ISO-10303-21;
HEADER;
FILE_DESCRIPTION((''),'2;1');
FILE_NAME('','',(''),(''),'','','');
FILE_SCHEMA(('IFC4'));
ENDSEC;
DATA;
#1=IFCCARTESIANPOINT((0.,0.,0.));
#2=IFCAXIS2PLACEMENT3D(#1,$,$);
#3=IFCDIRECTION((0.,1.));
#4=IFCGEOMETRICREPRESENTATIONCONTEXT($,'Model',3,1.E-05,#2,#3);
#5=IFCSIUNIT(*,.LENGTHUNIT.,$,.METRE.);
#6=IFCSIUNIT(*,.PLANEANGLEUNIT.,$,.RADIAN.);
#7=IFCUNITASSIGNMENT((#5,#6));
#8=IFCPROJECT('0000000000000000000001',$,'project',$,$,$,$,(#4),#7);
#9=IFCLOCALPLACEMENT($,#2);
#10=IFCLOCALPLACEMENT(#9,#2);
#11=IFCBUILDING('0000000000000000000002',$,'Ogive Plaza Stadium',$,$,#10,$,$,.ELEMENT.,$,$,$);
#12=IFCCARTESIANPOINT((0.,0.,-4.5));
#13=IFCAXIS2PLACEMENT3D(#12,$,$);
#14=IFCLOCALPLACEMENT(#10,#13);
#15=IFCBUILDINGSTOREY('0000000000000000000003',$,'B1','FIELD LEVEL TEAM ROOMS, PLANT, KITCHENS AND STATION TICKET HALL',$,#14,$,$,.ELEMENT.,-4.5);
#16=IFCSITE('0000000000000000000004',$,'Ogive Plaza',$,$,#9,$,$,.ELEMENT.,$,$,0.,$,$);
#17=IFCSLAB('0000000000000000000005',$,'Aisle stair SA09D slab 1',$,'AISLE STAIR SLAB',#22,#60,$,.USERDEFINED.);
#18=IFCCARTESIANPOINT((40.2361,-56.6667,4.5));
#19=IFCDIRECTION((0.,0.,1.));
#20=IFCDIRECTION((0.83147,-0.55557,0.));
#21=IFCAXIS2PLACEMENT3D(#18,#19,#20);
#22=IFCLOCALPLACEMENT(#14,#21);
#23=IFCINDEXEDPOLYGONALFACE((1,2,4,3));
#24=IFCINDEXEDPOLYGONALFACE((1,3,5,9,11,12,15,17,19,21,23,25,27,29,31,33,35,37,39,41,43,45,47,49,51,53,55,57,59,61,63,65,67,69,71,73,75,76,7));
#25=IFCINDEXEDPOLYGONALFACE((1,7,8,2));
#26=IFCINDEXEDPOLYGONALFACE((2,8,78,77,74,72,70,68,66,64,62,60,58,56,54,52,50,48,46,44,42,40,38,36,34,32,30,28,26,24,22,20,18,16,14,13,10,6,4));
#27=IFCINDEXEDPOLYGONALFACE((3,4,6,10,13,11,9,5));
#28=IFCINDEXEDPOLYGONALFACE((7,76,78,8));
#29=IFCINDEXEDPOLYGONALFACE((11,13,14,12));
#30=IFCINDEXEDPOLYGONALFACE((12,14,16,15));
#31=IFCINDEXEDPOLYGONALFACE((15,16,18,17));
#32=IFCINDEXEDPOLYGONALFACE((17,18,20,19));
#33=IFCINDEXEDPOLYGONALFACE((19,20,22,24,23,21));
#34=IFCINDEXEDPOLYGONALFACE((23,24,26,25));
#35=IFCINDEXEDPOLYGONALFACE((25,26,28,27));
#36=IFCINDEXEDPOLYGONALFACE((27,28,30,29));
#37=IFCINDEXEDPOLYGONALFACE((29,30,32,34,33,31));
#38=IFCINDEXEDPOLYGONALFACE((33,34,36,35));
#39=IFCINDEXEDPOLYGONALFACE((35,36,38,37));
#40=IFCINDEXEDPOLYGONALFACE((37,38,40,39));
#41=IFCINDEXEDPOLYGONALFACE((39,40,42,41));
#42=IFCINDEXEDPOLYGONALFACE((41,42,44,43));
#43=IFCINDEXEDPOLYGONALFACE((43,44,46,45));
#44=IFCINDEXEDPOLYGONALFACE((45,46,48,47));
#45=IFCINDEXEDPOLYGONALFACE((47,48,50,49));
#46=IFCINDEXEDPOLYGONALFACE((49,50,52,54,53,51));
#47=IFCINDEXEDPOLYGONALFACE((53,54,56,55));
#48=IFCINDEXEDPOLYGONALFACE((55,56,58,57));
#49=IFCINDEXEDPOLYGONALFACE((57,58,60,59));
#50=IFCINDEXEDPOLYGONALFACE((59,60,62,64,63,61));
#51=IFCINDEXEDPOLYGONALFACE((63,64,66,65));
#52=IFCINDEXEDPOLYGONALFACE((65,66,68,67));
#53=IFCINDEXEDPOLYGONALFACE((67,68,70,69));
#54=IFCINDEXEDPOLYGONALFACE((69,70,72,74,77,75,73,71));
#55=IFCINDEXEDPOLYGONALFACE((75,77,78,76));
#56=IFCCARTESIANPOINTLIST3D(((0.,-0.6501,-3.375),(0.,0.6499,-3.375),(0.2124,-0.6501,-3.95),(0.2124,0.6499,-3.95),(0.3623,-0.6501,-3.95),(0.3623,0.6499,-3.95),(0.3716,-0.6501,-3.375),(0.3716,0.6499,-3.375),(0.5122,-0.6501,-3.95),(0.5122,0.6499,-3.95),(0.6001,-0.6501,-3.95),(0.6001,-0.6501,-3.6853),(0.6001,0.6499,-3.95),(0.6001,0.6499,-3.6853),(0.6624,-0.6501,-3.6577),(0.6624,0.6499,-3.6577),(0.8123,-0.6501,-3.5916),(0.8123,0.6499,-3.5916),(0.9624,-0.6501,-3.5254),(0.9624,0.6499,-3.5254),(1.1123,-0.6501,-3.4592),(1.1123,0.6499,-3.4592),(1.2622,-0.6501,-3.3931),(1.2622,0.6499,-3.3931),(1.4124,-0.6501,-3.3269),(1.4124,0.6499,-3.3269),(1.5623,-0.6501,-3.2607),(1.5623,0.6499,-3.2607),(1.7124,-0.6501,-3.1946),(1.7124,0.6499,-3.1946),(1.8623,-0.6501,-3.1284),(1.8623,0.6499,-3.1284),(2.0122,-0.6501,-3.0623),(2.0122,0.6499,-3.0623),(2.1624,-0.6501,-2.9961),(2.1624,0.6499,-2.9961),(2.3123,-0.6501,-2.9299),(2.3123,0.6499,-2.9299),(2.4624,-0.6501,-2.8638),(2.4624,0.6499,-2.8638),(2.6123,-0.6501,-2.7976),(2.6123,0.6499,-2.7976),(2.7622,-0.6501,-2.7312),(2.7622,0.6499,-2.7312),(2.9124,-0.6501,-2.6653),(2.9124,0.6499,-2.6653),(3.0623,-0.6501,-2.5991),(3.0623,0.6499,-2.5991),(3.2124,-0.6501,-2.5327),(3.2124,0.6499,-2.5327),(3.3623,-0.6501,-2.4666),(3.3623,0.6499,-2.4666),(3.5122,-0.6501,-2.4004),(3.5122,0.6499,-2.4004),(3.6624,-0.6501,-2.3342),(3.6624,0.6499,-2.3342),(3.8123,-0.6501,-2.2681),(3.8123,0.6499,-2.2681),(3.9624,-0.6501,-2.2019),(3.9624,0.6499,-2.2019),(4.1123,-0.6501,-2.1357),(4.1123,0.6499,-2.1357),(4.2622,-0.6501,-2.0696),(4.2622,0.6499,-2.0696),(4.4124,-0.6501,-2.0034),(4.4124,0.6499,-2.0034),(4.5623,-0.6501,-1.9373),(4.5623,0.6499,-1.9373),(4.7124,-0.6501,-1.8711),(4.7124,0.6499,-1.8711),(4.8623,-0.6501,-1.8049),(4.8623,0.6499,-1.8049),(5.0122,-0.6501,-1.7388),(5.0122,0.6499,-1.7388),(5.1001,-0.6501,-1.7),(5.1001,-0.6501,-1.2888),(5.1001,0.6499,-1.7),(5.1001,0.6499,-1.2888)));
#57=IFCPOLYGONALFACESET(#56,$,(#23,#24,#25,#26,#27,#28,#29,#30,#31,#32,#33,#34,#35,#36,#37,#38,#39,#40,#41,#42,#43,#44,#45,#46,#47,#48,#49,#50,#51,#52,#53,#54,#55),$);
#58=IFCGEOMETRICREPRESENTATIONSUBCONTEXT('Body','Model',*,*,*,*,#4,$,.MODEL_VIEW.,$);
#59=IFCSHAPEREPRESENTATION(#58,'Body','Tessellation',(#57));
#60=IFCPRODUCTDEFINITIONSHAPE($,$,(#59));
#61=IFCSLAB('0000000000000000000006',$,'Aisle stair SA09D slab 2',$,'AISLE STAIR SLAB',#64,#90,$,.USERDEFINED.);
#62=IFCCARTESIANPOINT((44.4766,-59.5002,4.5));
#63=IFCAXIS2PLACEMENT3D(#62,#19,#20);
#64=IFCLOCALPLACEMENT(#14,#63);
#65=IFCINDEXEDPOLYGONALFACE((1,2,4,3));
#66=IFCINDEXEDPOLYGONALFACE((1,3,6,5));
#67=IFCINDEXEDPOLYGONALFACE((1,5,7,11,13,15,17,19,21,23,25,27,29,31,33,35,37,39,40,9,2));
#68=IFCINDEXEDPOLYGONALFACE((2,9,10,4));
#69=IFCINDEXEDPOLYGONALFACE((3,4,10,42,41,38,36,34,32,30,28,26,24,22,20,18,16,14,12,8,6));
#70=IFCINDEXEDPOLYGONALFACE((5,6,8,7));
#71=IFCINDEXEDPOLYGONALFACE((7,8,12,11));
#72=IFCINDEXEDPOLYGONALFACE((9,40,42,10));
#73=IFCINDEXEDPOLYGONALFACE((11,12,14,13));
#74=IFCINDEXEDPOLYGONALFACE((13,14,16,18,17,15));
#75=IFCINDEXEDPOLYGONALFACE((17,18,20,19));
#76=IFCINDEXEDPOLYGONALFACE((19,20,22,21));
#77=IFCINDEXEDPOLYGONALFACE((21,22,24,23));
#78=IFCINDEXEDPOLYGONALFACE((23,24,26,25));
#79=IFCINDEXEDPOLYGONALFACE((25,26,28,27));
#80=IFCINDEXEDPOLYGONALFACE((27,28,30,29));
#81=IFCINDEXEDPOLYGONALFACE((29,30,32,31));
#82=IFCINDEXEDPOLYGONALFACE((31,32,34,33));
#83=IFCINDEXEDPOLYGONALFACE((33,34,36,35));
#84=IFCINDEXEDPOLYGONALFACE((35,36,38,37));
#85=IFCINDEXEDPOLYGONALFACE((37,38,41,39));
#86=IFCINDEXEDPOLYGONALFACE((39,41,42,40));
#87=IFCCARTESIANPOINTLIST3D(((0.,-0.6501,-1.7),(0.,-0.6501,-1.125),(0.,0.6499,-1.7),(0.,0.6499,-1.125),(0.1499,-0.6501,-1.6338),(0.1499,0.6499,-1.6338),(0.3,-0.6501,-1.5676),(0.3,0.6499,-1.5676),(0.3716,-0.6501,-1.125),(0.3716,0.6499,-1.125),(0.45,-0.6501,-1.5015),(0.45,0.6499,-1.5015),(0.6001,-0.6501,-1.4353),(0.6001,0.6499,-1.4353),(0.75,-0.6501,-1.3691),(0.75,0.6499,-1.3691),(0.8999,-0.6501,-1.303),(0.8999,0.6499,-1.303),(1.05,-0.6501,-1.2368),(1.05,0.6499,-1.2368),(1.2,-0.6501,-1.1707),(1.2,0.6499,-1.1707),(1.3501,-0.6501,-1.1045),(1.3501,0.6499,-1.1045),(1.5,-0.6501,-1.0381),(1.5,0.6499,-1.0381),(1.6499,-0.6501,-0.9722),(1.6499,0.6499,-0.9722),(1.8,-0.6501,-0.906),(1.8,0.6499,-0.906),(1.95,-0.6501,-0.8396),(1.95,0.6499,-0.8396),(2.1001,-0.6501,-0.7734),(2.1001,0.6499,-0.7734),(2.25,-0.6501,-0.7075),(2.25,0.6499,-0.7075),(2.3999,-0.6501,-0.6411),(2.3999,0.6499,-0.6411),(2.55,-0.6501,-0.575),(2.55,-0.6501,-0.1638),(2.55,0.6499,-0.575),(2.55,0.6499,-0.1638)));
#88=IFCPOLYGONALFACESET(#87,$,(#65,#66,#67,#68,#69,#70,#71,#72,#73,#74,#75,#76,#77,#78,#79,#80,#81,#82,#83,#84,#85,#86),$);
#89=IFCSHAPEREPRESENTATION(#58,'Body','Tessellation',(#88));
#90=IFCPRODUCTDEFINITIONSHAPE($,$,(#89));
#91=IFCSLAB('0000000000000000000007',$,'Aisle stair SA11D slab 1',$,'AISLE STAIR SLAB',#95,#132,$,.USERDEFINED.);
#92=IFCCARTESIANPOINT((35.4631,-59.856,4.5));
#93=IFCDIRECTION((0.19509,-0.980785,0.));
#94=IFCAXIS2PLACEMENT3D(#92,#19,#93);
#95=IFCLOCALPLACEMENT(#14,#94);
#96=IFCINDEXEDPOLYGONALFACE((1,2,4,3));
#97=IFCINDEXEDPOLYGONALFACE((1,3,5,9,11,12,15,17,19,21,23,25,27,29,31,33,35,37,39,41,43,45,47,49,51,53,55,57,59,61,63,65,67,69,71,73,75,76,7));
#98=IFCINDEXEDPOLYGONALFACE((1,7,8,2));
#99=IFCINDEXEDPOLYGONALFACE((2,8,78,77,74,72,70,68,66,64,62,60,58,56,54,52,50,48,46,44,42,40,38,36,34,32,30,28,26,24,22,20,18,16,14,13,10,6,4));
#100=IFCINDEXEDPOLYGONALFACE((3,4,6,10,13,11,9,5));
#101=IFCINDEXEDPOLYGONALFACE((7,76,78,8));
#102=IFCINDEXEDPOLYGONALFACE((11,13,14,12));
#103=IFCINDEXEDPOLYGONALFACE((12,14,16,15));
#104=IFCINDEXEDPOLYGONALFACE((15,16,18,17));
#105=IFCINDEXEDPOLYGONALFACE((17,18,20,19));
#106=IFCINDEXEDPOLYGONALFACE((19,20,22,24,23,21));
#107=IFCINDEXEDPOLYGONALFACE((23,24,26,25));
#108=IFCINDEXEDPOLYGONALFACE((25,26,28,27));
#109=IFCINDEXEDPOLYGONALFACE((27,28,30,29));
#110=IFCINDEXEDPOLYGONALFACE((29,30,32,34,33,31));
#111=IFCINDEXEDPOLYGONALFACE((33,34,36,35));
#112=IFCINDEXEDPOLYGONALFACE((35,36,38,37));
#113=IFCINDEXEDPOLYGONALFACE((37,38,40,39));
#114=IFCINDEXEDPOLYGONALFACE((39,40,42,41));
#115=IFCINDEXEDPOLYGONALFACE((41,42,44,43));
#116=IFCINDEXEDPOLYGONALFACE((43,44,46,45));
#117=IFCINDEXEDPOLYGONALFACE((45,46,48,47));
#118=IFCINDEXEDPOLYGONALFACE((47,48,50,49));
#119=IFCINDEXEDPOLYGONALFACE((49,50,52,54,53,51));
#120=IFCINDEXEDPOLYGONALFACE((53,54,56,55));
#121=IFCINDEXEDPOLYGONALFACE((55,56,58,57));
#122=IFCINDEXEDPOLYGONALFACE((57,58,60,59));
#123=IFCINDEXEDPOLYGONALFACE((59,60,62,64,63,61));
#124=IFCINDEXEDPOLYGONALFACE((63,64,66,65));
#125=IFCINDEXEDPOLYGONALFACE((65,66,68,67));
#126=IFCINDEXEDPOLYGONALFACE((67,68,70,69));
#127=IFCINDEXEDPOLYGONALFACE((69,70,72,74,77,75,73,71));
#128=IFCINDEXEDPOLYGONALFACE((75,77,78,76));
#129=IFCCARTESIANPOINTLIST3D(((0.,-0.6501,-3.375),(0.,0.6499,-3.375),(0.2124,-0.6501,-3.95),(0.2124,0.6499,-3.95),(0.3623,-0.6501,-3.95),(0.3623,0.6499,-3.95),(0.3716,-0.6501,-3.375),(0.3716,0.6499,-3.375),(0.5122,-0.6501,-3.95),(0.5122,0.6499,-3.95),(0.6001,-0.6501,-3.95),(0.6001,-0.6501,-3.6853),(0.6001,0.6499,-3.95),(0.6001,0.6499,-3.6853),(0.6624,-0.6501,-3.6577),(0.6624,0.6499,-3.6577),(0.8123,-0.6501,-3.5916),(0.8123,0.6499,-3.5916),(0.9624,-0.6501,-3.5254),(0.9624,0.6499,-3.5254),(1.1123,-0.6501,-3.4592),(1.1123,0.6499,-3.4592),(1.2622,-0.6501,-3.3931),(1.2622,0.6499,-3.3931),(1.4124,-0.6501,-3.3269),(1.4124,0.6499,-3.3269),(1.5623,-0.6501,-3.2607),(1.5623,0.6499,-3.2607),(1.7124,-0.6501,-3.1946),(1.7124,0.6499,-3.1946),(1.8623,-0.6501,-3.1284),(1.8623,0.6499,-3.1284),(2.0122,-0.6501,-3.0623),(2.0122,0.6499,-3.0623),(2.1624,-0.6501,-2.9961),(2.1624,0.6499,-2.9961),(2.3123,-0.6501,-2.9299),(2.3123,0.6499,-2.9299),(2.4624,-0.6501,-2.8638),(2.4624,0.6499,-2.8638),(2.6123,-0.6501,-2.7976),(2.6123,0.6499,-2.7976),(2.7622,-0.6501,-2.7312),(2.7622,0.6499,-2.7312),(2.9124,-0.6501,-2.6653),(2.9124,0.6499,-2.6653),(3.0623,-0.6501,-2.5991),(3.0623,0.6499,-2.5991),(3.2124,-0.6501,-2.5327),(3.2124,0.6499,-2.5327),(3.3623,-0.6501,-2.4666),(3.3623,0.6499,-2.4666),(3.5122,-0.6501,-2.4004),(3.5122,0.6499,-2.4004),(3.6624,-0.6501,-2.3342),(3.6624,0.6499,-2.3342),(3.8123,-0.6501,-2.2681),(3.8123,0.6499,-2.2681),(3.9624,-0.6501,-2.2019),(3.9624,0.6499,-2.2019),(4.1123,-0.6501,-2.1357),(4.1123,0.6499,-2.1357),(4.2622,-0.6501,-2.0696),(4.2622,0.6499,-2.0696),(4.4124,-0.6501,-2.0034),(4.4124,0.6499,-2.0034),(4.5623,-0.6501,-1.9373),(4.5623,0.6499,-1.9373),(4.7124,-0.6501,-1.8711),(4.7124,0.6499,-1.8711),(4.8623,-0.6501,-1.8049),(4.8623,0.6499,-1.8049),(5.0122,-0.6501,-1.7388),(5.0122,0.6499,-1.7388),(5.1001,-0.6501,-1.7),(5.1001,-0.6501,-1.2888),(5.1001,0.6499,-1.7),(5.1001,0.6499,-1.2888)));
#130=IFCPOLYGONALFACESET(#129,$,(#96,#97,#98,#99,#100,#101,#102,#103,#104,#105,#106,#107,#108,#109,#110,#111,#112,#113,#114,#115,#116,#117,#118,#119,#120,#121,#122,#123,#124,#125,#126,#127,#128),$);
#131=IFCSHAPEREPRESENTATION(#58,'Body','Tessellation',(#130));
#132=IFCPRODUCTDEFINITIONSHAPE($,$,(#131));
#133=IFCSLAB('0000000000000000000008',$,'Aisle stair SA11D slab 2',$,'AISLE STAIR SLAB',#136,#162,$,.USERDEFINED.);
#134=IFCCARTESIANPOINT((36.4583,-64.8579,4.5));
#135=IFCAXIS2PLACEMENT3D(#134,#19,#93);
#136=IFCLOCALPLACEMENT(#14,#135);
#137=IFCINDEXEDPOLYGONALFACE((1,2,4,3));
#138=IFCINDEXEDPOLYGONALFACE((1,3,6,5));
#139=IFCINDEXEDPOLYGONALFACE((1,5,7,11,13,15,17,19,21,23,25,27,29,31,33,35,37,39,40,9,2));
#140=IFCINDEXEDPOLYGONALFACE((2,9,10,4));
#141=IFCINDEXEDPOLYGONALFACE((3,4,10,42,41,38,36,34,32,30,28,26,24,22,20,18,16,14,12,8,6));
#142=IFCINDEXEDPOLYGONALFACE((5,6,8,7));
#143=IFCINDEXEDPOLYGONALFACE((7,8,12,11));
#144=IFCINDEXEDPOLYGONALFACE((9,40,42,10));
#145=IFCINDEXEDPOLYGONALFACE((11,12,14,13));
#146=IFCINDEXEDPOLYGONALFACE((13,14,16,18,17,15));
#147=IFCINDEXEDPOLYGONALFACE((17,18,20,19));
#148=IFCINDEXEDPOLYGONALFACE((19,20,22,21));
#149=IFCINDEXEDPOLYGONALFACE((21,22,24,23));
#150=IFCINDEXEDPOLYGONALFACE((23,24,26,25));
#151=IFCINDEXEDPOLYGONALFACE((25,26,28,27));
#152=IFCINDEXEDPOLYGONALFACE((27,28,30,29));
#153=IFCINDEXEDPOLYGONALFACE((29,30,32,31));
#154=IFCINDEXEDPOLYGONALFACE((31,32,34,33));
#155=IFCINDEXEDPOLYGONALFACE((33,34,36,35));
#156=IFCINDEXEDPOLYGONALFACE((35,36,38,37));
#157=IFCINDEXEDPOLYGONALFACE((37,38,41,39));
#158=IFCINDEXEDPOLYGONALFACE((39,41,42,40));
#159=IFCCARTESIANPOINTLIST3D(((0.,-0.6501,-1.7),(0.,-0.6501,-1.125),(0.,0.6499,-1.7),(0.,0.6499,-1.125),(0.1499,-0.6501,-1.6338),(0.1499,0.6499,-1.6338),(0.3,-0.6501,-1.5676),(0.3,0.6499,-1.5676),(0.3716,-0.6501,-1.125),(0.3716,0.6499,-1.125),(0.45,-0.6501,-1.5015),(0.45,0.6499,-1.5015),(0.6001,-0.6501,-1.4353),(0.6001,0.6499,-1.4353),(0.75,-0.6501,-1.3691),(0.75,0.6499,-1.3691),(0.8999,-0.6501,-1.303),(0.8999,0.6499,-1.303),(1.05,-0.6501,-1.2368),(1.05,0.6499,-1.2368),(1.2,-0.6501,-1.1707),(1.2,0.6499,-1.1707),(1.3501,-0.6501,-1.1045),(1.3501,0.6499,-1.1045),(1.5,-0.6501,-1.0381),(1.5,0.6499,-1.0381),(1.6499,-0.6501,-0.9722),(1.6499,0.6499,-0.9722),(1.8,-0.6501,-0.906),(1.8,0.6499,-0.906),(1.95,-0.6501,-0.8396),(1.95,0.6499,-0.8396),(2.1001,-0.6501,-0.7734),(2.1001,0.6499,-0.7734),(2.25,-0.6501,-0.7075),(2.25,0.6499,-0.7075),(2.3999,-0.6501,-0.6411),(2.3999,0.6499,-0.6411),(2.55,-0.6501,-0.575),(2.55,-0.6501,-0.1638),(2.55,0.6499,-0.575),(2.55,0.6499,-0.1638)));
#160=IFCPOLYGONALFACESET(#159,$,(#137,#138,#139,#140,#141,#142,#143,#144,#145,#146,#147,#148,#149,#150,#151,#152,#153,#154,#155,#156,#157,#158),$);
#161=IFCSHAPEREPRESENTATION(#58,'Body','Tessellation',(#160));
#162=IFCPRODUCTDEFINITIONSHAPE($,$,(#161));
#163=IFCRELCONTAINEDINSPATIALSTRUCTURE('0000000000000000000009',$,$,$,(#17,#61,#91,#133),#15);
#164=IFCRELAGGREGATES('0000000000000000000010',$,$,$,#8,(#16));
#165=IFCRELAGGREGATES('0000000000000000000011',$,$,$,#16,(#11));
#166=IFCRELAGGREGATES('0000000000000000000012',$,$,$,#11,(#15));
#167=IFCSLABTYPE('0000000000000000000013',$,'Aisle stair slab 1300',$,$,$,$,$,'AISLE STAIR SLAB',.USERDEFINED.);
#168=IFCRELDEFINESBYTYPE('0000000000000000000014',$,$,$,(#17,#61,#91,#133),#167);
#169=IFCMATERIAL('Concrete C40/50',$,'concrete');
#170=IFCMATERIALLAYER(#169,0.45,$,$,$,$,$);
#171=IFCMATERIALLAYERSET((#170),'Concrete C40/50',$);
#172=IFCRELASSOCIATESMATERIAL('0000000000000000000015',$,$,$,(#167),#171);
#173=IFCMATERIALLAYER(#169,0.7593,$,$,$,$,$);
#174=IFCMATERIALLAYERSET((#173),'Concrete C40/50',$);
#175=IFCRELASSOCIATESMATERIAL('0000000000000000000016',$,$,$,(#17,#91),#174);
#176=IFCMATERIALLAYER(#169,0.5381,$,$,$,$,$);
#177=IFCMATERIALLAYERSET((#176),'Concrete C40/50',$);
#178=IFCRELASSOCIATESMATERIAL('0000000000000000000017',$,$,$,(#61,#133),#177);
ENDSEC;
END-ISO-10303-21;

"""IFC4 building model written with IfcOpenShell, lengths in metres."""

from ifc_helpers import new_model, si_unit, direction, frame, origin, place, context, subcontext, project, spatial, polyline, outline, extrude, material, layer, layer_set, type_object, element, save


model = new_model("IFC4")

# Units and contexts
model_context = context("Model", 3, precision=1e-05, world=origin(), true_north=direction((0.0, 1.0)))
body_context = subcontext(model_context, "Body", "Model", "MODEL_VIEW")
ifc_project = project(units=[si_unit("LENGTHUNIT", "METRE"), si_unit("PLANEANGLEUNIT", "RADIAN")], contexts=[model_context])

# Site, building, storey
site_placement = place(None, origin())
site = spatial("IfcSite", under=ifc_project, at=site_placement, Name="Ogive Plaza", CompositionType="ELEMENT", RefElevation=0.0)
building_placement = place(site_placement, origin())
building = spatial("IfcBuilding", under=site, at=building_placement, Name="Ogive Plaza Stadium", CompositionType="ELEMENT")
storey_placement = place(building_placement, frame((0.0, 0.0, -4.5)))
storey = spatial("IfcBuildingStorey", under=building, at=storey_placement, Name="B1", Description="FIELD LEVEL TEAM ROOMS, PLANT, KITCHENS AND STATION TICKET HALL", CompositionType="ELEMENT", Elevation=-4.5)

# Slabs
ifc_material_1 = material(Name="Concrete C40/50", Category="concrete")
ifc_layer_1 = layer(ifc_material_1, 0.7593)
ifc_layer_set_1 = layer_set([ifc_layer_1], Name="Concrete C40/50")
ifc_layer_2 = layer(ifc_material_1, 0.45)
ifc_layer_set_2 = layer_set([ifc_layer_2], Name="Concrete C40/50")
slab_type = type_object("IfcSlabType", Name="Aisle stair slab 1300", ElementType="AISLE STAIR SLAB", PredefinedType="USERDEFINED", material=ifc_layer_set_2)
slab_1_placement = place(storey_placement, frame((40.2361, -56.6667, 4.5), z_axis=(0.0, 0.0, 1.0), x_axis=(0.83147, -0.55557, 0.0)))
element("IfcSlab", 1, at=slab_1_placement, inside=storey, type_object=slab_type, material=ifc_layer_set_1, Name="Aisle stair SA09D slab 1", ObjectType="AISLE STAIR SLAB", PredefinedType="USERDEFINED", context=body_context, shape_type="SweptSolid", body=[
    extrude(outline(polyline([(0.0, -3.375), (0.3716, -3.375), (5.1001, -1.2888), (5.1001, -1.7), (5.0122, -1.7388), (4.8623, -1.8049), (4.7124, -1.8711), (4.5623, -1.9373), (4.4124, -2.0034), (4.2622, -2.0696), (4.1123, -2.1357), (3.9624, -2.2019), (3.8123, -2.2681), (3.6624, -2.3342), (3.5122, -2.4004), (3.3623, -2.4666), (3.2124, -2.5327), (3.0623, -2.5991), (2.9124, -2.6653), (2.7622, -2.7312), (2.6123, -2.7976), (2.4624, -2.8638), (2.3123, -2.9299), (2.1624, -2.9961), (2.0122, -3.0623), (1.8623, -3.1284), (1.7124, -3.1946), (1.5623, -3.2607), (1.4124, -3.3269), (1.2622, -3.3931), (1.1123, -3.4592), (0.9624, -3.5254), (0.8123, -3.5916), (0.6624, -3.6577), (0.6001, -3.6853), (0.6001, -3.95), (0.5122, -3.95), (0.3623, -3.95), (0.2124, -3.95), (0.0, -3.375)])), frame((0.0, 0.6499, 0.0), z_axis=(0.0, -1.0, 0.0), x_axis=(1.0, 0.0, 0.0)), (0.0, 0.0, 1.0), 1.3),
])
ifc_layer_3 = layer(ifc_material_1, 0.5381)
ifc_layer_set_3 = layer_set([ifc_layer_3], Name="Concrete C40/50")
slab_2_placement = place(storey_placement, frame((44.4766, -59.5002, 4.5), z_axis=(0.0, 0.0, 1.0), x_axis=(0.83147, -0.55557, 0.0)))
element("IfcSlab", 2, at=slab_2_placement, inside=storey, type_object=slab_type, material=ifc_layer_set_3, Name="Aisle stair SA09D slab 2", ObjectType="AISLE STAIR SLAB", PredefinedType="USERDEFINED", context=body_context, shape_type="SweptSolid", body=[
    extrude(outline(polyline([(0.0, -1.125), (0.3716, -1.125), (2.55, -0.1638), (2.55, -0.575), (2.3999, -0.6411), (2.25, -0.7075), (2.1001, -0.7734), (1.95, -0.8396), (1.8, -0.906), (1.6499, -0.9722), (1.5, -1.0381), (1.3501, -1.1045), (1.2, -1.1707), (1.05, -1.2368), (0.8999, -1.303), (0.75, -1.3691), (0.6001, -1.4353), (0.45, -1.5015), (0.3, -1.5676), (0.1499, -1.6338), (0.0, -1.7), (0.0, -1.125)])), frame((0.0, 0.6499, 0.0), z_axis=(0.0, -1.0, 0.0), x_axis=(1.0, 0.0, 0.0)), (0.0, 0.0, 1.0), 1.3),
])
slab_3_placement = place(storey_placement, frame((35.4631, -59.856, 4.5), z_axis=(0.0, 0.0, 1.0), x_axis=(0.19509, -0.980785, 0.0)))
element("IfcSlab", 3, at=slab_3_placement, inside=storey, type_object=slab_type, material=ifc_layer_set_1, Name="Aisle stair SA11D slab 1", ObjectType="AISLE STAIR SLAB", PredefinedType="USERDEFINED", context=body_context, shape_type="SweptSolid", body=[
    extrude(outline(polyline([(0.0, -3.375), (0.3716, -3.375), (5.1001, -1.2888), (5.1001, -1.7), (5.0122, -1.7388), (4.8623, -1.8049), (4.7124, -1.8711), (4.5623, -1.9373), (4.4124, -2.0034), (4.2622, -2.0696), (4.1123, -2.1357), (3.9624, -2.2019), (3.8123, -2.2681), (3.6624, -2.3342), (3.5122, -2.4004), (3.3623, -2.4666), (3.2124, -2.5327), (3.0623, -2.5991), (2.9124, -2.6653), (2.7622, -2.7312), (2.6123, -2.7976), (2.4624, -2.8638), (2.3123, -2.9299), (2.1624, -2.9961), (2.0122, -3.0623), (1.8623, -3.1284), (1.7124, -3.1946), (1.5623, -3.2607), (1.4124, -3.3269), (1.2622, -3.3931), (1.1123, -3.4592), (0.9624, -3.5254), (0.8123, -3.5916), (0.6624, -3.6577), (0.6001, -3.6853), (0.6001, -3.95), (0.5122, -3.95), (0.3623, -3.95), (0.2124, -3.95), (0.0, -3.375)])), frame((0.0, 0.6499, 0.0), z_axis=(0.0, -1.0, 0.0), x_axis=(1.0, 0.0, 0.0)), (0.0, 0.0, 1.0), 1.3),
])
slab_4_placement = place(storey_placement, frame((36.4583, -64.8579, 4.5), z_axis=(0.0, 0.0, 1.0), x_axis=(0.19509, -0.980785, 0.0)))
element("IfcSlab", 4, at=slab_4_placement, inside=storey, type_object=slab_type, material=ifc_layer_set_3, Name="Aisle stair SA11D slab 2", ObjectType="AISLE STAIR SLAB", PredefinedType="USERDEFINED", context=body_context, shape_type="SweptSolid", body=[
    extrude(outline(polyline([(0.0, -1.125), (0.3716, -1.125), (2.55, -0.1638), (2.55, -0.575), (2.3999, -0.6411), (2.25, -0.7075), (2.1001, -0.7734), (1.95, -0.8396), (1.8, -0.906), (1.6499, -0.9722), (1.5, -1.0381), (1.3501, -1.1045), (1.2, -1.1707), (1.05, -1.2368), (0.8999, -1.303), (0.75, -1.3691), (0.6001, -1.4353), (0.45, -1.5015), (0.3, -1.5676), (0.1499, -1.6338), (0.0, -1.7), (0.0, -1.125)])), frame((0.0, 0.6499, 0.0), z_axis=(0.0, -1.0, 0.0), x_axis=(1.0, 0.0, 0.0)), (0.0, 0.0, 1.0), 1.3),
])

save(model, "model.ifc")
